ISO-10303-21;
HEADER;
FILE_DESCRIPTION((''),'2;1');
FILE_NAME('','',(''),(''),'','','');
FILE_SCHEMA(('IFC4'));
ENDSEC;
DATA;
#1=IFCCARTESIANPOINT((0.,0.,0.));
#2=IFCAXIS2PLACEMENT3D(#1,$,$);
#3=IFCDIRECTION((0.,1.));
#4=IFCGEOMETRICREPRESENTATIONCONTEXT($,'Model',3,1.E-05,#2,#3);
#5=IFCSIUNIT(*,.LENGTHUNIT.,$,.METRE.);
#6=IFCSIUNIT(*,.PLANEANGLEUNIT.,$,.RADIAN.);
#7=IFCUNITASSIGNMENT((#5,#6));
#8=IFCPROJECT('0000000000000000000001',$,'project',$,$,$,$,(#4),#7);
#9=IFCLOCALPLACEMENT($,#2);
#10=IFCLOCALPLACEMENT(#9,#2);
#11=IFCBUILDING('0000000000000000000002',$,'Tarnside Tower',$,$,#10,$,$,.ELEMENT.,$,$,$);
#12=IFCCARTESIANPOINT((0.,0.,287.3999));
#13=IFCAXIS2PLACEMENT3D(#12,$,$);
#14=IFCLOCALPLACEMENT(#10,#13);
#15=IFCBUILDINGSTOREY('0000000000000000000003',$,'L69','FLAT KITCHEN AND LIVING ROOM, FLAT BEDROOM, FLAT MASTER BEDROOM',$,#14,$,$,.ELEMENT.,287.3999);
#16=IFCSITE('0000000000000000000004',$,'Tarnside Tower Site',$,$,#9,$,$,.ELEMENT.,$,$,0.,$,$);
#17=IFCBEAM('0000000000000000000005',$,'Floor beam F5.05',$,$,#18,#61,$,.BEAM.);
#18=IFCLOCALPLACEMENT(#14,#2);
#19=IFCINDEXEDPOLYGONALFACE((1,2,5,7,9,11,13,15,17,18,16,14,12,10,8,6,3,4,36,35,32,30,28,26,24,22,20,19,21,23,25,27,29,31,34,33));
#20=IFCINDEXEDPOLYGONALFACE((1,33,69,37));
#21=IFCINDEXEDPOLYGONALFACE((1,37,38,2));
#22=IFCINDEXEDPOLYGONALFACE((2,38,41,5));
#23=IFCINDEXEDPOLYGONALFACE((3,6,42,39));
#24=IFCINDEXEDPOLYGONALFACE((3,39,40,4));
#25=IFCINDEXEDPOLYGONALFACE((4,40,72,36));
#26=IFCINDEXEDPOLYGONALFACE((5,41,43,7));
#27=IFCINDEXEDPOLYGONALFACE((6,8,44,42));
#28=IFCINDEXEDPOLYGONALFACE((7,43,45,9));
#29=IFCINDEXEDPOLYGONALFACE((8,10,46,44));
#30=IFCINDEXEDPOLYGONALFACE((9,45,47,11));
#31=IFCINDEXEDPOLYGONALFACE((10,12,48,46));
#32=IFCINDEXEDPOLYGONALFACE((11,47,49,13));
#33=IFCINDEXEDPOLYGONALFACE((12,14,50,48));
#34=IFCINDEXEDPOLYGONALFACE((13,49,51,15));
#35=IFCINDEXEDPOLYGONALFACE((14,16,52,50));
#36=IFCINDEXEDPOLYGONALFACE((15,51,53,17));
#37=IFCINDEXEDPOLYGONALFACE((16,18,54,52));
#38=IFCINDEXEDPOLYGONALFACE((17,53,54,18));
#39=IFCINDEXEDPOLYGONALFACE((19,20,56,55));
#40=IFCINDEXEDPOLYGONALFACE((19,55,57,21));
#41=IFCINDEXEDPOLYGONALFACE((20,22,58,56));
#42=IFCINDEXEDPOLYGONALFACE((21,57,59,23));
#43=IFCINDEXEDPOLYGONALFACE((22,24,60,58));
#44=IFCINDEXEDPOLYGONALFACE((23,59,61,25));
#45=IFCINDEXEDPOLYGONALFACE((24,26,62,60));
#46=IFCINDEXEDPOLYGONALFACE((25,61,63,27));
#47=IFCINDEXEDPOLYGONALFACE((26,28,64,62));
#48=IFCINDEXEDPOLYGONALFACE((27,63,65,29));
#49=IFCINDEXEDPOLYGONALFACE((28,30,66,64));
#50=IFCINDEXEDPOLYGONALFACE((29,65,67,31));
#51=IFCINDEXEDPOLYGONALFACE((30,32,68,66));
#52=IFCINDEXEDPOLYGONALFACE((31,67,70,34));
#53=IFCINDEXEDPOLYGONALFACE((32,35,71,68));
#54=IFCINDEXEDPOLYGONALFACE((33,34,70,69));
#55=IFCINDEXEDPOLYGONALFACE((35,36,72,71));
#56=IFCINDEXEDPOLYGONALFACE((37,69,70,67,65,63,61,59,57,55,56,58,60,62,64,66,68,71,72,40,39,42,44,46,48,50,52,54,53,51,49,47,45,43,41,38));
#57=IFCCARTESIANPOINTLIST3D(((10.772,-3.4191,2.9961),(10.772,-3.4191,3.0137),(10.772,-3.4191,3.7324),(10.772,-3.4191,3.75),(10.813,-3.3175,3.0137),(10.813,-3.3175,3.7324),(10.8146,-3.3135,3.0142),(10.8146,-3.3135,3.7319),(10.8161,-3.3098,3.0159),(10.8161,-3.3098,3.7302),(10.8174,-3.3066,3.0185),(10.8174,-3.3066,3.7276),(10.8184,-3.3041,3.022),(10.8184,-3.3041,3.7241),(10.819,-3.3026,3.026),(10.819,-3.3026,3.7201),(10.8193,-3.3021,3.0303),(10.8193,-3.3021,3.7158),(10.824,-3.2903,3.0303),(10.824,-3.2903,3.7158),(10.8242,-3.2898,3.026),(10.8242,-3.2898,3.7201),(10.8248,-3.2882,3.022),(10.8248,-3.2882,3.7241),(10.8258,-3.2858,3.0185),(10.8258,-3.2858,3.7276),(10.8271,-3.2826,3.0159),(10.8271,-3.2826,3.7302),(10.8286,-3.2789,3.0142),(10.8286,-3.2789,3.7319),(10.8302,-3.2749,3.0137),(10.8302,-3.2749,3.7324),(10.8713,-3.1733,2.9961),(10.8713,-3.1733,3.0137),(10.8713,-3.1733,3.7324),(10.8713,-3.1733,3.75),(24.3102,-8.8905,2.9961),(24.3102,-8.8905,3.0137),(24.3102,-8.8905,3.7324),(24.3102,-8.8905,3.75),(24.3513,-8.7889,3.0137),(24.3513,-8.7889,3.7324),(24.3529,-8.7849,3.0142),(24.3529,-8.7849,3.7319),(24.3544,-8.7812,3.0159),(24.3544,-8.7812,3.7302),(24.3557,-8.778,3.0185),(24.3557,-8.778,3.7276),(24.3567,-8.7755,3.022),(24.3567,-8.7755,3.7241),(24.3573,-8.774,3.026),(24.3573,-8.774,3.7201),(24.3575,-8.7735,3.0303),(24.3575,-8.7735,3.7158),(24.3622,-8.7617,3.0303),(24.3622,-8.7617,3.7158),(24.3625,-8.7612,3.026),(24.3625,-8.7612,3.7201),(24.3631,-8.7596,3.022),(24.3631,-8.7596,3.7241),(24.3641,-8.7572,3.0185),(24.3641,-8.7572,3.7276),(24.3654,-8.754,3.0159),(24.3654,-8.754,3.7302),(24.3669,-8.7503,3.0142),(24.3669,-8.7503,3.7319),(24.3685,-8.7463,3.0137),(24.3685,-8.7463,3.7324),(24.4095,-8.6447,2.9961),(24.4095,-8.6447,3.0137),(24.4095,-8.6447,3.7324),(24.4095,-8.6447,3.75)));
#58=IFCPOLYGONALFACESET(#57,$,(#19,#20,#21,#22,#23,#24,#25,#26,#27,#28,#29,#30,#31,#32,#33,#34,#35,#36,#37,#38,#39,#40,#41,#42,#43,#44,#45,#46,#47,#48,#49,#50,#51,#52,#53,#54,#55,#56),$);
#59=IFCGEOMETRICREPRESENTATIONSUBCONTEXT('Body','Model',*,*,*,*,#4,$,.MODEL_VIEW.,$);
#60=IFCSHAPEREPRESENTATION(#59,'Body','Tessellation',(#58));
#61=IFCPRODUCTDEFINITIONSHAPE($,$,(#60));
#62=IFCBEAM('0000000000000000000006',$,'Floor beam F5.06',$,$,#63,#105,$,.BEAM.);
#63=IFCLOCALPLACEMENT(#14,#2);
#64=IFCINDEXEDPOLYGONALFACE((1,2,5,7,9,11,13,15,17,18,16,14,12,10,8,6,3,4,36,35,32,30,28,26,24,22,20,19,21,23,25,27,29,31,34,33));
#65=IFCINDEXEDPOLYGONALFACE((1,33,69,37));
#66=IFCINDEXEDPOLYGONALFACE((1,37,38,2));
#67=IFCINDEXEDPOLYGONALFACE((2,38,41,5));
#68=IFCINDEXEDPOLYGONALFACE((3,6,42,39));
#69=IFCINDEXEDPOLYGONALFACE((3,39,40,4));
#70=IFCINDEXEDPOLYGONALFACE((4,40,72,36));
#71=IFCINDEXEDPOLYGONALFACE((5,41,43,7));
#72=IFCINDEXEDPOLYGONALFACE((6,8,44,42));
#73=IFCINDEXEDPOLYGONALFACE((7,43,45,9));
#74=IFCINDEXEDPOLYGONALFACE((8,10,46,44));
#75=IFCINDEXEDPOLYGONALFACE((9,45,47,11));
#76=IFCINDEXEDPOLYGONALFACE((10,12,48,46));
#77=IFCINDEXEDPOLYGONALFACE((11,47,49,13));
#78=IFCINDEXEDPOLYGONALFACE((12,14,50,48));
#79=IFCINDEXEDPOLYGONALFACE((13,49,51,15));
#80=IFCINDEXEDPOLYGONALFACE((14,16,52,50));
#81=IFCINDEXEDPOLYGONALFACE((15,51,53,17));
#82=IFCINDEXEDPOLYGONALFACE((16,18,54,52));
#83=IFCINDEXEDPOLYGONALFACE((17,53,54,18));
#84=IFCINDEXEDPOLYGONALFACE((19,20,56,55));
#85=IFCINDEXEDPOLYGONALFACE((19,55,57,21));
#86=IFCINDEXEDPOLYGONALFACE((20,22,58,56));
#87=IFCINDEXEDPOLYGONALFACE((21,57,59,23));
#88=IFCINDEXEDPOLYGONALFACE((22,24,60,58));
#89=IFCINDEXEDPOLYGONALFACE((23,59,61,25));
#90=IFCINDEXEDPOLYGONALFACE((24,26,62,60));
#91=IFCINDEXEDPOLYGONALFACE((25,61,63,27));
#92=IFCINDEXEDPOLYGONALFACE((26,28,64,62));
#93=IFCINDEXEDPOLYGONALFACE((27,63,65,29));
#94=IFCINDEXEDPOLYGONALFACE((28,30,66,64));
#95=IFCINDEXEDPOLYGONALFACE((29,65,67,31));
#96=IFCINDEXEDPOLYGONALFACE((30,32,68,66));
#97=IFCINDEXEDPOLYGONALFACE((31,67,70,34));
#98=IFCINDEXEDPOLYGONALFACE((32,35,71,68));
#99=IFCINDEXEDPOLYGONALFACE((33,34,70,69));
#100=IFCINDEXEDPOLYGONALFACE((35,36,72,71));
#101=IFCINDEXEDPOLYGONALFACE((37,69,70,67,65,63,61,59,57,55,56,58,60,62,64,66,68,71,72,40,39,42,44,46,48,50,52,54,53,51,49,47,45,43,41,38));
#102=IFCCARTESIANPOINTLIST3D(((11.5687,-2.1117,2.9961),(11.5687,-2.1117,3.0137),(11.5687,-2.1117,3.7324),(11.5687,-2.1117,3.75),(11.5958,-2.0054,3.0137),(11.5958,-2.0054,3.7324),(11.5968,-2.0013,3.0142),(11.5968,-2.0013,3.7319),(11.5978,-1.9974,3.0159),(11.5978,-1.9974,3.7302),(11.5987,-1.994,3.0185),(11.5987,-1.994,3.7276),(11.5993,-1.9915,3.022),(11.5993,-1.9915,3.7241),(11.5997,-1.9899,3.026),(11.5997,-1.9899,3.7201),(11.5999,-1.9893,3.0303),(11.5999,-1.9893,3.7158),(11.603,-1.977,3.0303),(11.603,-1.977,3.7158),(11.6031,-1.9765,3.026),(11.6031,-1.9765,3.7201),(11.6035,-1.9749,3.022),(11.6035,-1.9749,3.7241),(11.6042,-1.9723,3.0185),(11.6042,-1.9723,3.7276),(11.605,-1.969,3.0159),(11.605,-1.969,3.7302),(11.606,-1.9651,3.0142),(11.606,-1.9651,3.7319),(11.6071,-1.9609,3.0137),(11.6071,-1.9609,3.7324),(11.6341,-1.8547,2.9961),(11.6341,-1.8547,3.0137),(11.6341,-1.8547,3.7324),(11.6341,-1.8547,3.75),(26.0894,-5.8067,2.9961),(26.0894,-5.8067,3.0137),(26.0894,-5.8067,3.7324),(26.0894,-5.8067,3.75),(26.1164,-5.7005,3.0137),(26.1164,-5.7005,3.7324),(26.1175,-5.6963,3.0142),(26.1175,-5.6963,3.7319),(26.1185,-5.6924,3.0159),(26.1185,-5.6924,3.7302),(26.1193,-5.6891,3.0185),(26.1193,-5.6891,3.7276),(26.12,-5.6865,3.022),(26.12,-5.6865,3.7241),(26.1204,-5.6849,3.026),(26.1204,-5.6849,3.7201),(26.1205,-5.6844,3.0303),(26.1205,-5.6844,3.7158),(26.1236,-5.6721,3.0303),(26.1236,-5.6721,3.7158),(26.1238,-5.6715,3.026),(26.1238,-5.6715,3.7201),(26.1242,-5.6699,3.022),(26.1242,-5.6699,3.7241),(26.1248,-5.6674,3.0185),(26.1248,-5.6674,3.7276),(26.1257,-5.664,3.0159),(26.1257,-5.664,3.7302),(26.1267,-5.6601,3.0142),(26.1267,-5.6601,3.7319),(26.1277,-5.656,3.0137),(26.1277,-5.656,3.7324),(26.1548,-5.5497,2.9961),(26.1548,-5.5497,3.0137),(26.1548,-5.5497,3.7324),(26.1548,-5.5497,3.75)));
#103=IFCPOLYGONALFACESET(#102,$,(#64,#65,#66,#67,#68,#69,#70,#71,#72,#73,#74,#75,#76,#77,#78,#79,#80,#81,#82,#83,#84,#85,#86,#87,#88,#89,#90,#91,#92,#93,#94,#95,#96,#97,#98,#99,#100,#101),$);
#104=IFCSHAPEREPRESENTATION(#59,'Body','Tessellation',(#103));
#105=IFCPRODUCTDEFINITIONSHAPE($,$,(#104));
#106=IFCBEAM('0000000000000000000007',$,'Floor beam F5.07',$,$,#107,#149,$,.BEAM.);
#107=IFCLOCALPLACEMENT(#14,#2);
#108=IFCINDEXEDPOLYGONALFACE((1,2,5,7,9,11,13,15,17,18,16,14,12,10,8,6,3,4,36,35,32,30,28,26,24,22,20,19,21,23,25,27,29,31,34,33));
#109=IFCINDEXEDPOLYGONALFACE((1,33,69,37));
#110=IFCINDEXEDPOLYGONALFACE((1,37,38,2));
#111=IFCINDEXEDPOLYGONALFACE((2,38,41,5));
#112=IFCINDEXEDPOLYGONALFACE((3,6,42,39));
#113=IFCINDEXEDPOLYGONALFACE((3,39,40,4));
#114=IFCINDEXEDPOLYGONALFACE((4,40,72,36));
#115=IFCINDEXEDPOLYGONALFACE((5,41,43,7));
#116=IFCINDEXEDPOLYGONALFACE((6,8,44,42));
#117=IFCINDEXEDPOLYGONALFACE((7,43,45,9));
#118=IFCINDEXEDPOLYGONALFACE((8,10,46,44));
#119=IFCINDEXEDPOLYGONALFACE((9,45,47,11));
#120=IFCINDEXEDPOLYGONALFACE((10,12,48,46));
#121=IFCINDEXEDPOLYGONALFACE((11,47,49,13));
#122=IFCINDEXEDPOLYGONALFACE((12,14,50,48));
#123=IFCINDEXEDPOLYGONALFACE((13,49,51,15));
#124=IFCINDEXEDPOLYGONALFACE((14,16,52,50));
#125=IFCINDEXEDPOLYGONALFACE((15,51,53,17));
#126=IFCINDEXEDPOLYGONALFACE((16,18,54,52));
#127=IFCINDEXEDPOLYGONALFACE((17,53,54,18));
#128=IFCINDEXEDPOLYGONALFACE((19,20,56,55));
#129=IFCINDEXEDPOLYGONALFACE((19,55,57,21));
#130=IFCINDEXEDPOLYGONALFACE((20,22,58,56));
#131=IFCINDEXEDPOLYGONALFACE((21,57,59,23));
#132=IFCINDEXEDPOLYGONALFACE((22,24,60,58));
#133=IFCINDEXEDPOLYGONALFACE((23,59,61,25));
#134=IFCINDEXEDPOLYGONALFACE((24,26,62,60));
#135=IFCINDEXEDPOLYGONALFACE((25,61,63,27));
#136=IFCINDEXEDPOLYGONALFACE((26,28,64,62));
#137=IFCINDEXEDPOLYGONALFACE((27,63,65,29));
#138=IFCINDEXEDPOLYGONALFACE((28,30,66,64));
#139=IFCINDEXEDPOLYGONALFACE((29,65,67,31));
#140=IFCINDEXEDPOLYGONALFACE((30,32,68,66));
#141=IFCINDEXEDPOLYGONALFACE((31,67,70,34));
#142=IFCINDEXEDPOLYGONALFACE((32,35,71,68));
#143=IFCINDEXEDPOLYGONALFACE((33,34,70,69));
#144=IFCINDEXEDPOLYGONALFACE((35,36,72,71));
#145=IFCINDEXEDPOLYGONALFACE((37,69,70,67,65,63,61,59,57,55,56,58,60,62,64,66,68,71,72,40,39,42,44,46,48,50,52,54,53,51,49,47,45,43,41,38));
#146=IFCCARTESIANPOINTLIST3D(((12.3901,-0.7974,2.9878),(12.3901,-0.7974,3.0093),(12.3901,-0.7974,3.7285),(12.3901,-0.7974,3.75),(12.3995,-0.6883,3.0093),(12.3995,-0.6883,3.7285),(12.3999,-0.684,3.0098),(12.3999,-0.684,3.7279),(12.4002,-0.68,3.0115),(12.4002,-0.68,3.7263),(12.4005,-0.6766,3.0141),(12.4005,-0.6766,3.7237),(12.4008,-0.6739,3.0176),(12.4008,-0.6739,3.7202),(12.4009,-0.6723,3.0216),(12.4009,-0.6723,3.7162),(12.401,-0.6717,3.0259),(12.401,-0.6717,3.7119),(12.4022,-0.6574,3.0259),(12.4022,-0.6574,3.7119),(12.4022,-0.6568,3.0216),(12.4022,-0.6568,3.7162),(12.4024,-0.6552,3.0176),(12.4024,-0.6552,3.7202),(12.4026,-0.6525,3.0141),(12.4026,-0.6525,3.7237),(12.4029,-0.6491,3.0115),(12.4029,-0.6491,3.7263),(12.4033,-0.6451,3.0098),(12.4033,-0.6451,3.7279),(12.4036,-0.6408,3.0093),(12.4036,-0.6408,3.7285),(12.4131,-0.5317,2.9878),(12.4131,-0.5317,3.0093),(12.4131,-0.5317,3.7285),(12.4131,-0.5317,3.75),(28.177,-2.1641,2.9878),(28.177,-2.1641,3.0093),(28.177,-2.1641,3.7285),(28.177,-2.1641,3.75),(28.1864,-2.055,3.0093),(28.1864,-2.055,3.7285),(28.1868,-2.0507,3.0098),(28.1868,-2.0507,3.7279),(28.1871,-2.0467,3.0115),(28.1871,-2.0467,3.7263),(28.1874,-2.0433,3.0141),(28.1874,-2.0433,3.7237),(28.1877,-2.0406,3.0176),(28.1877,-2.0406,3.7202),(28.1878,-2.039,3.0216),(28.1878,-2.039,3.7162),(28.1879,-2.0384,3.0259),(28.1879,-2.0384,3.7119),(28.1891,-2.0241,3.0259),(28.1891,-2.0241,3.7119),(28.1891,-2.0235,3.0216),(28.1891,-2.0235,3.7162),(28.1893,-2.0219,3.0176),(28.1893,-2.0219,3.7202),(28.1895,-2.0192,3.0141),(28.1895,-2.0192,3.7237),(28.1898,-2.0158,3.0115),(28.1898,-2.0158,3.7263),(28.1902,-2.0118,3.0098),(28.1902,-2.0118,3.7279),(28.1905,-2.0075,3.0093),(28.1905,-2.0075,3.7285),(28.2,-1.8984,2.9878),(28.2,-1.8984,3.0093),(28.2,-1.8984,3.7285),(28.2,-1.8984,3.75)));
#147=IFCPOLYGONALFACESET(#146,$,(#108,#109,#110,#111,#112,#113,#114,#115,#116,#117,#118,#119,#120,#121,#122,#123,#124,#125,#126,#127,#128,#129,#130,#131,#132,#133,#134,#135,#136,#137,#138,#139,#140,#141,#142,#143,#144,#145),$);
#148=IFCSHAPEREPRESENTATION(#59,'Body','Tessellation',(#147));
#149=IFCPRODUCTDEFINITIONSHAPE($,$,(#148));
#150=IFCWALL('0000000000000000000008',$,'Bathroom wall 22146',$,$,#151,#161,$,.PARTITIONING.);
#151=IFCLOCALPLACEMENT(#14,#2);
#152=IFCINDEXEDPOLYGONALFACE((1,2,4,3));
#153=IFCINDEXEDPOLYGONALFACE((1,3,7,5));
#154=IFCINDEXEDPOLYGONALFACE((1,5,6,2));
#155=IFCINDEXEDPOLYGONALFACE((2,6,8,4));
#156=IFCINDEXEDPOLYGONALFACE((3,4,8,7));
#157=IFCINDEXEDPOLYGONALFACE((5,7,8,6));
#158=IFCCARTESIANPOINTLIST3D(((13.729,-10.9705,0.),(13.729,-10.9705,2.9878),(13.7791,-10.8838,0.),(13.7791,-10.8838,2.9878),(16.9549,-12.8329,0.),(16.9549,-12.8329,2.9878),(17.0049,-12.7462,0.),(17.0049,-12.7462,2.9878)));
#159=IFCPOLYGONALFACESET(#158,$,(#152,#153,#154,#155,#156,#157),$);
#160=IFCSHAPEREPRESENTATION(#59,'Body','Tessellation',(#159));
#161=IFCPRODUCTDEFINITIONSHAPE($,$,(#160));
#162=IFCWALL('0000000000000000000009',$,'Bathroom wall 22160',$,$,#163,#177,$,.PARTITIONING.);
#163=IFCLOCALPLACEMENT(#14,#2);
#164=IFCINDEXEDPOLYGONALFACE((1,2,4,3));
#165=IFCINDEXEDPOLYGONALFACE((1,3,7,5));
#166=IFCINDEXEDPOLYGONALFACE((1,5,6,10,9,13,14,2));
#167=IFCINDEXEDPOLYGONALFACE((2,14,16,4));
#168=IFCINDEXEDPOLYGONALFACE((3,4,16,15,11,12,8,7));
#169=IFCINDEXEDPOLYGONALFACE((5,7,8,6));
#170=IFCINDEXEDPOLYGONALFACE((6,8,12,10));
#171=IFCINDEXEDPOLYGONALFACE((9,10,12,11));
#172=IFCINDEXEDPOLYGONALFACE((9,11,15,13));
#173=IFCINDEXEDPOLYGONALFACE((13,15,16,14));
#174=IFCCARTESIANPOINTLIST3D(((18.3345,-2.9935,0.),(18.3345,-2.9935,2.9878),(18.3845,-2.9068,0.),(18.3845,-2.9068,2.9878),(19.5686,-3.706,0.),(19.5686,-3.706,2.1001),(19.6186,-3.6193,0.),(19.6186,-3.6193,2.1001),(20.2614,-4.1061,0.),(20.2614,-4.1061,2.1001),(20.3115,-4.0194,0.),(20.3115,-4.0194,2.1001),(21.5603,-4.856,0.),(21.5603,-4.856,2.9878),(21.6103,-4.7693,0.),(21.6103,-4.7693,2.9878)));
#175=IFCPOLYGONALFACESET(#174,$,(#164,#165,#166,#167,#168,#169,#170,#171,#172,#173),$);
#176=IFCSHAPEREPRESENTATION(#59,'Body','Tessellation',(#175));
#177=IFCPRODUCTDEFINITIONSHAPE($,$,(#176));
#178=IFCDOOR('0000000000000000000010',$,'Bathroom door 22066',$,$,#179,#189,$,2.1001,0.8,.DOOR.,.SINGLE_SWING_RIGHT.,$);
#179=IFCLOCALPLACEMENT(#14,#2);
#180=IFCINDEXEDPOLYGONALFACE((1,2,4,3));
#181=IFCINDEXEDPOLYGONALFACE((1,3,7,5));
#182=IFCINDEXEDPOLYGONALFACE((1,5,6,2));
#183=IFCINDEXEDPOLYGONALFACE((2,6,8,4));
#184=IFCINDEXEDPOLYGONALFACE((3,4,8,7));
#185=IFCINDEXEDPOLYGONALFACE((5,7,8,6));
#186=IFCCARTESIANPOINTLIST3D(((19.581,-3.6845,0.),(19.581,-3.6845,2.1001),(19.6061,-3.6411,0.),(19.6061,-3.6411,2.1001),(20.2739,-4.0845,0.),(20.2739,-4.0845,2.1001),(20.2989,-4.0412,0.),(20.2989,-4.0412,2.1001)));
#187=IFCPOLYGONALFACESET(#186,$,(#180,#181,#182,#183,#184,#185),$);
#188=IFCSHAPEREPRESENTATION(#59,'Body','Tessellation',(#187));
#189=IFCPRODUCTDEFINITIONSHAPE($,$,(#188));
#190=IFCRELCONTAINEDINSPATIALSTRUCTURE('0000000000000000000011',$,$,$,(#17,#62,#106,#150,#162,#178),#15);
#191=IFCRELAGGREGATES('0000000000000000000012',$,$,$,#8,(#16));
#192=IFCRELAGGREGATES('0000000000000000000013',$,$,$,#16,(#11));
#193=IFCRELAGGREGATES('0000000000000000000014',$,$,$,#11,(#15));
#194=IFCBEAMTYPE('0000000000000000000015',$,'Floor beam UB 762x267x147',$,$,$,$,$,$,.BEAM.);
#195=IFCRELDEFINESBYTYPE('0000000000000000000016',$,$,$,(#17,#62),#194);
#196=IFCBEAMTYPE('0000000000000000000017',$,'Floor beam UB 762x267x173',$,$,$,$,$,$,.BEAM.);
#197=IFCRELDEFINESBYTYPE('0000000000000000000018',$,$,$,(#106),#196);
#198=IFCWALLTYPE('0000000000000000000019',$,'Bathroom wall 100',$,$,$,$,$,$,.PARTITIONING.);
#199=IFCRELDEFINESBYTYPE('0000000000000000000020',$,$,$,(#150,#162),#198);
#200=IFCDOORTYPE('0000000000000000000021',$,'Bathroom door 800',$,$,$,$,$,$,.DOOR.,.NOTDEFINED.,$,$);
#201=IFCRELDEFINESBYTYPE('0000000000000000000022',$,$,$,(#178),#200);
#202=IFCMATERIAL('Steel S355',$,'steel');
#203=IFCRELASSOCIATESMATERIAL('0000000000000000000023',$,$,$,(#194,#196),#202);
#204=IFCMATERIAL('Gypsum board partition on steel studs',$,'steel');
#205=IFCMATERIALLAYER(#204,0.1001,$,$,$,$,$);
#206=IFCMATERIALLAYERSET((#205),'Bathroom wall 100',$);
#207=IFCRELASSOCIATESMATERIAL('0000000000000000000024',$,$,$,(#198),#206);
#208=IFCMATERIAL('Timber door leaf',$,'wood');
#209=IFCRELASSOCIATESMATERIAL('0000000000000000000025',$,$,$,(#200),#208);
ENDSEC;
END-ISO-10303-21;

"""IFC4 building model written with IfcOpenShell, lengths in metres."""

from ifc_helpers import new_model, si_unit, direction, frame, frame_2d, origin, origin_2d, place, context, subcontext, project, spatial, rectangle, i_section, extrude, material, layer, layer_set, material_profile, profile_set, type_object, element, fill, save


model = new_model("IFC4")

# Units and contexts
model_context = context("Model", 3, precision=1e-05, world=origin(), true_north=direction((0.0, 1.0)))
body_context = subcontext(model_context, "Body", "Model", "MODEL_VIEW")
ifc_project = project(units=[si_unit("LENGTHUNIT", "METRE"), si_unit("PLANEANGLEUNIT", "RADIAN")], contexts=[model_context])

# Site, building, storey
site_placement = place(None, origin())
site = spatial("IfcSite", under=ifc_project, at=site_placement, Name="Tarnside Tower Site", CompositionType="ELEMENT", RefElevation=0.0)
building_placement = place(site_placement, origin())
building = spatial("IfcBuilding", under=site, at=building_placement, Name="Tarnside Tower", CompositionType="ELEMENT")
storey_placement = place(building_placement, frame((0.0, 0.0, 287.3999)))
storey = spatial("IfcBuildingStorey", under=building, at=storey_placement, Name="L69", Description="FLAT KITCHEN AND LIVING ROOM, FLAT BEDROOM, FLAT MASTER BEDROOM", CompositionType="ELEMENT", Elevation=287.3999)

# Beams
ifc_material_1 = material(Name="Steel S355", Category="steel")
ifc_material_profile_1 = material_profile(ifc_material_1, i_section(OverallWidth=0.2651, OverallDepth=0.7539, WebThickness=0.0127, FlangeThickness=0.0176, FilletRadius=0.0166, at=origin_2d()), Name="UB 762x267x147")
ifc_profile_set_1 = profile_set([ifc_material_profile_1], Name="Steel S355")
beam_type_1 = type_object("IfcBeamType", Name="Floor beam UB 762x267x147", PredefinedType="BEAM", material=ifc_profile_set_1)
beam_1_placement = place(storey_placement, frame((24.3599, -8.7676, 3.373), z_axis=(-0.927146, 0.374701, 0.0), x_axis=(-0.374701, -0.927146, 0.0)))
element("IfcBeam", 1, at=beam_1_placement, inside=storey, type_object=beam_type_1, Name="Floor beam F5.05", PredefinedType="BEAM", context=body_context, shape_type="SweptSolid", body=[
    extrude(i_section(OverallWidth=0.2651, OverallDepth=0.7539, WebThickness=0.0127, FlangeThickness=0.0176, FilletRadius=0.0166, at=origin_2d()), origin(), (0.0, 0.0, 1.0), 14.6021),
])
beam_2_placement = place(storey_placement, frame((26.1221, -5.6782, 3.373), z_axis=(-0.969115, 0.246609, 0.0), x_axis=(-0.246609, -0.969115, 0.0)))
element("IfcBeam", 2, at=beam_2_placement, inside=storey, type_object=beam_type_1, Name="Floor beam F5.06", PredefinedType="BEAM", context=body_context, shape_type="SweptSolid", body=[
    extrude(i_section(OverallWidth=0.2651, OverallDepth=0.7539, WebThickness=0.0127, FlangeThickness=0.0176, FilletRadius=0.0166, at=origin_2d()), origin(), (0.0, 0.0, 1.0), 14.9834),
])
ifc_material_profile_2 = material_profile(ifc_material_1, i_section(OverallWidth=0.2666, OverallDepth=0.7622, WebThickness=0.0144, FlangeThickness=0.0215, FilletRadius=0.0166, at=origin_2d()), Name="UB 762x267x173")
ifc_profile_set_2 = profile_set([ifc_material_profile_2], Name="Steel S355")
beam_type_2 = type_object("IfcBeamType", Name="Floor beam UB 762x267x173", PredefinedType="BEAM", material=ifc_profile_set_2)
beam_3_placement = place(storey_placement, frame((28.1885, -2.0312, 3.3689), z_axis=(-0.996274, 0.086249, 0.0), x_axis=(-0.086249, -0.996274, 0.0)))
element("IfcBeam", 3, at=beam_3_placement, inside=storey, type_object=beam_type_2, Name="Floor beam F5.07", PredefinedType="BEAM", context=body_context, shape_type="SweptSolid", body=[
    extrude(i_section(OverallWidth=0.2666, OverallDepth=0.7622, WebThickness=0.0144, FlangeThickness=0.0215, FilletRadius=0.0166, at=origin_2d()), origin(), (0.0, 0.0, 1.0), 15.8459),
])

# Wall
ifc_material_2 = material(Name="Gypsum board partition on steel studs", Category="steel")
ifc_layer_1 = layer(ifc_material_2, 0.1001)
ifc_layer_set_1 = layer_set([ifc_layer_1], Name="Bathroom wall 100")
wall_type_1 = type_object("IfcWallType", Name="Bathroom wall 100", PredefinedType="PARTITIONING", material=ifc_layer_set_1)
wall_1_placement = place(storey_placement, frame((13.7542, -10.9272, 0.0), z_axis=(0.0, 0.0, 1.0), x_axis=(0.86604, -0.499974, 0.0)))
element("IfcWall", 4, at=wall_1_placement, inside=storey, type_object=wall_type_1, Name="Bathroom wall 22146", PredefinedType="PARTITIONING", context=body_context, shape_type="SweptSolid", body=[
    extrude(rectangle(XDim=3.7249, YDim=0.1001, at=frame_2d((1.8623, 0.0))), origin(), (0.0, 0.0, 1.0), 2.9878),
])

# Wall, opening, door
wall_2_placement = place(storey_placement, frame((18.3596, -2.9502, 0.0), z_axis=(0.0, 0.0, 1.0), x_axis=(0.866012, -0.500023, 0.0)))
wall_2 = element("IfcWall", 5, at=wall_2_placement, inside=storey, type_object=wall_type_1, Name="Bathroom wall 22160", PredefinedType="PARTITIONING", context=body_context, shape_type="SweptSolid", body=[
    extrude(rectangle(XDim=3.7249, YDim=0.1001, at=frame_2d((1.8623, 0.0))), origin(), (0.0, 0.0, 1.0), 2.9878),
])
opening_1_placement = place(wall_2_placement, frame((1.425, 0.0, 0.0)))
opening_1 = element("IfcOpeningElement", 6, at=opening_1_placement, cuts=wall_2, PredefinedType="OPENING", context=body_context, shape_type="SweptSolid", body=[
    extrude(rectangle(XDim=0.8, YDim=2.1001, at=frame_2d((0.3999, 1.05))), frame((0.0, 0.0601, 0.0), z_axis=(0.0, -1.0, 0.0), x_axis=(1.0, 0.0, 0.0)), (0.0, 0.0, 1.0), 0.1201),
])
ifc_material_3 = material(Name="Timber door leaf", Category="wood")
door_type_1 = type_object("IfcDoorType", Name="Bathroom door 800", OperationType="NOTDEFINED", PredefinedType="DOOR", material=ifc_material_3)
door_1_placement = place(opening_1_placement, origin())
door_1 = element("IfcDoor", 7, at=door_1_placement, inside=storey, type_object=door_type_1, Name="Bathroom door 22066", OperationType="SINGLE_SWING_RIGHT", OverallHeight=2.1001, OverallWidth=0.8, PredefinedType="DOOR", context=body_context, shape_type="SweptSolid", body=[
    extrude(rectangle(XDim=0.8, YDim=2.1001, at=frame_2d((0.3999, 1.05))), frame((0.0, 0.0249, 0.0), z_axis=(0.0, -1.0, 0.0), x_axis=(1.0, 0.0, 0.0)), (0.0, 0.0, 1.0), 0.05),
])
fill(opening_1, door_1)

save(model, "model.ifc")
